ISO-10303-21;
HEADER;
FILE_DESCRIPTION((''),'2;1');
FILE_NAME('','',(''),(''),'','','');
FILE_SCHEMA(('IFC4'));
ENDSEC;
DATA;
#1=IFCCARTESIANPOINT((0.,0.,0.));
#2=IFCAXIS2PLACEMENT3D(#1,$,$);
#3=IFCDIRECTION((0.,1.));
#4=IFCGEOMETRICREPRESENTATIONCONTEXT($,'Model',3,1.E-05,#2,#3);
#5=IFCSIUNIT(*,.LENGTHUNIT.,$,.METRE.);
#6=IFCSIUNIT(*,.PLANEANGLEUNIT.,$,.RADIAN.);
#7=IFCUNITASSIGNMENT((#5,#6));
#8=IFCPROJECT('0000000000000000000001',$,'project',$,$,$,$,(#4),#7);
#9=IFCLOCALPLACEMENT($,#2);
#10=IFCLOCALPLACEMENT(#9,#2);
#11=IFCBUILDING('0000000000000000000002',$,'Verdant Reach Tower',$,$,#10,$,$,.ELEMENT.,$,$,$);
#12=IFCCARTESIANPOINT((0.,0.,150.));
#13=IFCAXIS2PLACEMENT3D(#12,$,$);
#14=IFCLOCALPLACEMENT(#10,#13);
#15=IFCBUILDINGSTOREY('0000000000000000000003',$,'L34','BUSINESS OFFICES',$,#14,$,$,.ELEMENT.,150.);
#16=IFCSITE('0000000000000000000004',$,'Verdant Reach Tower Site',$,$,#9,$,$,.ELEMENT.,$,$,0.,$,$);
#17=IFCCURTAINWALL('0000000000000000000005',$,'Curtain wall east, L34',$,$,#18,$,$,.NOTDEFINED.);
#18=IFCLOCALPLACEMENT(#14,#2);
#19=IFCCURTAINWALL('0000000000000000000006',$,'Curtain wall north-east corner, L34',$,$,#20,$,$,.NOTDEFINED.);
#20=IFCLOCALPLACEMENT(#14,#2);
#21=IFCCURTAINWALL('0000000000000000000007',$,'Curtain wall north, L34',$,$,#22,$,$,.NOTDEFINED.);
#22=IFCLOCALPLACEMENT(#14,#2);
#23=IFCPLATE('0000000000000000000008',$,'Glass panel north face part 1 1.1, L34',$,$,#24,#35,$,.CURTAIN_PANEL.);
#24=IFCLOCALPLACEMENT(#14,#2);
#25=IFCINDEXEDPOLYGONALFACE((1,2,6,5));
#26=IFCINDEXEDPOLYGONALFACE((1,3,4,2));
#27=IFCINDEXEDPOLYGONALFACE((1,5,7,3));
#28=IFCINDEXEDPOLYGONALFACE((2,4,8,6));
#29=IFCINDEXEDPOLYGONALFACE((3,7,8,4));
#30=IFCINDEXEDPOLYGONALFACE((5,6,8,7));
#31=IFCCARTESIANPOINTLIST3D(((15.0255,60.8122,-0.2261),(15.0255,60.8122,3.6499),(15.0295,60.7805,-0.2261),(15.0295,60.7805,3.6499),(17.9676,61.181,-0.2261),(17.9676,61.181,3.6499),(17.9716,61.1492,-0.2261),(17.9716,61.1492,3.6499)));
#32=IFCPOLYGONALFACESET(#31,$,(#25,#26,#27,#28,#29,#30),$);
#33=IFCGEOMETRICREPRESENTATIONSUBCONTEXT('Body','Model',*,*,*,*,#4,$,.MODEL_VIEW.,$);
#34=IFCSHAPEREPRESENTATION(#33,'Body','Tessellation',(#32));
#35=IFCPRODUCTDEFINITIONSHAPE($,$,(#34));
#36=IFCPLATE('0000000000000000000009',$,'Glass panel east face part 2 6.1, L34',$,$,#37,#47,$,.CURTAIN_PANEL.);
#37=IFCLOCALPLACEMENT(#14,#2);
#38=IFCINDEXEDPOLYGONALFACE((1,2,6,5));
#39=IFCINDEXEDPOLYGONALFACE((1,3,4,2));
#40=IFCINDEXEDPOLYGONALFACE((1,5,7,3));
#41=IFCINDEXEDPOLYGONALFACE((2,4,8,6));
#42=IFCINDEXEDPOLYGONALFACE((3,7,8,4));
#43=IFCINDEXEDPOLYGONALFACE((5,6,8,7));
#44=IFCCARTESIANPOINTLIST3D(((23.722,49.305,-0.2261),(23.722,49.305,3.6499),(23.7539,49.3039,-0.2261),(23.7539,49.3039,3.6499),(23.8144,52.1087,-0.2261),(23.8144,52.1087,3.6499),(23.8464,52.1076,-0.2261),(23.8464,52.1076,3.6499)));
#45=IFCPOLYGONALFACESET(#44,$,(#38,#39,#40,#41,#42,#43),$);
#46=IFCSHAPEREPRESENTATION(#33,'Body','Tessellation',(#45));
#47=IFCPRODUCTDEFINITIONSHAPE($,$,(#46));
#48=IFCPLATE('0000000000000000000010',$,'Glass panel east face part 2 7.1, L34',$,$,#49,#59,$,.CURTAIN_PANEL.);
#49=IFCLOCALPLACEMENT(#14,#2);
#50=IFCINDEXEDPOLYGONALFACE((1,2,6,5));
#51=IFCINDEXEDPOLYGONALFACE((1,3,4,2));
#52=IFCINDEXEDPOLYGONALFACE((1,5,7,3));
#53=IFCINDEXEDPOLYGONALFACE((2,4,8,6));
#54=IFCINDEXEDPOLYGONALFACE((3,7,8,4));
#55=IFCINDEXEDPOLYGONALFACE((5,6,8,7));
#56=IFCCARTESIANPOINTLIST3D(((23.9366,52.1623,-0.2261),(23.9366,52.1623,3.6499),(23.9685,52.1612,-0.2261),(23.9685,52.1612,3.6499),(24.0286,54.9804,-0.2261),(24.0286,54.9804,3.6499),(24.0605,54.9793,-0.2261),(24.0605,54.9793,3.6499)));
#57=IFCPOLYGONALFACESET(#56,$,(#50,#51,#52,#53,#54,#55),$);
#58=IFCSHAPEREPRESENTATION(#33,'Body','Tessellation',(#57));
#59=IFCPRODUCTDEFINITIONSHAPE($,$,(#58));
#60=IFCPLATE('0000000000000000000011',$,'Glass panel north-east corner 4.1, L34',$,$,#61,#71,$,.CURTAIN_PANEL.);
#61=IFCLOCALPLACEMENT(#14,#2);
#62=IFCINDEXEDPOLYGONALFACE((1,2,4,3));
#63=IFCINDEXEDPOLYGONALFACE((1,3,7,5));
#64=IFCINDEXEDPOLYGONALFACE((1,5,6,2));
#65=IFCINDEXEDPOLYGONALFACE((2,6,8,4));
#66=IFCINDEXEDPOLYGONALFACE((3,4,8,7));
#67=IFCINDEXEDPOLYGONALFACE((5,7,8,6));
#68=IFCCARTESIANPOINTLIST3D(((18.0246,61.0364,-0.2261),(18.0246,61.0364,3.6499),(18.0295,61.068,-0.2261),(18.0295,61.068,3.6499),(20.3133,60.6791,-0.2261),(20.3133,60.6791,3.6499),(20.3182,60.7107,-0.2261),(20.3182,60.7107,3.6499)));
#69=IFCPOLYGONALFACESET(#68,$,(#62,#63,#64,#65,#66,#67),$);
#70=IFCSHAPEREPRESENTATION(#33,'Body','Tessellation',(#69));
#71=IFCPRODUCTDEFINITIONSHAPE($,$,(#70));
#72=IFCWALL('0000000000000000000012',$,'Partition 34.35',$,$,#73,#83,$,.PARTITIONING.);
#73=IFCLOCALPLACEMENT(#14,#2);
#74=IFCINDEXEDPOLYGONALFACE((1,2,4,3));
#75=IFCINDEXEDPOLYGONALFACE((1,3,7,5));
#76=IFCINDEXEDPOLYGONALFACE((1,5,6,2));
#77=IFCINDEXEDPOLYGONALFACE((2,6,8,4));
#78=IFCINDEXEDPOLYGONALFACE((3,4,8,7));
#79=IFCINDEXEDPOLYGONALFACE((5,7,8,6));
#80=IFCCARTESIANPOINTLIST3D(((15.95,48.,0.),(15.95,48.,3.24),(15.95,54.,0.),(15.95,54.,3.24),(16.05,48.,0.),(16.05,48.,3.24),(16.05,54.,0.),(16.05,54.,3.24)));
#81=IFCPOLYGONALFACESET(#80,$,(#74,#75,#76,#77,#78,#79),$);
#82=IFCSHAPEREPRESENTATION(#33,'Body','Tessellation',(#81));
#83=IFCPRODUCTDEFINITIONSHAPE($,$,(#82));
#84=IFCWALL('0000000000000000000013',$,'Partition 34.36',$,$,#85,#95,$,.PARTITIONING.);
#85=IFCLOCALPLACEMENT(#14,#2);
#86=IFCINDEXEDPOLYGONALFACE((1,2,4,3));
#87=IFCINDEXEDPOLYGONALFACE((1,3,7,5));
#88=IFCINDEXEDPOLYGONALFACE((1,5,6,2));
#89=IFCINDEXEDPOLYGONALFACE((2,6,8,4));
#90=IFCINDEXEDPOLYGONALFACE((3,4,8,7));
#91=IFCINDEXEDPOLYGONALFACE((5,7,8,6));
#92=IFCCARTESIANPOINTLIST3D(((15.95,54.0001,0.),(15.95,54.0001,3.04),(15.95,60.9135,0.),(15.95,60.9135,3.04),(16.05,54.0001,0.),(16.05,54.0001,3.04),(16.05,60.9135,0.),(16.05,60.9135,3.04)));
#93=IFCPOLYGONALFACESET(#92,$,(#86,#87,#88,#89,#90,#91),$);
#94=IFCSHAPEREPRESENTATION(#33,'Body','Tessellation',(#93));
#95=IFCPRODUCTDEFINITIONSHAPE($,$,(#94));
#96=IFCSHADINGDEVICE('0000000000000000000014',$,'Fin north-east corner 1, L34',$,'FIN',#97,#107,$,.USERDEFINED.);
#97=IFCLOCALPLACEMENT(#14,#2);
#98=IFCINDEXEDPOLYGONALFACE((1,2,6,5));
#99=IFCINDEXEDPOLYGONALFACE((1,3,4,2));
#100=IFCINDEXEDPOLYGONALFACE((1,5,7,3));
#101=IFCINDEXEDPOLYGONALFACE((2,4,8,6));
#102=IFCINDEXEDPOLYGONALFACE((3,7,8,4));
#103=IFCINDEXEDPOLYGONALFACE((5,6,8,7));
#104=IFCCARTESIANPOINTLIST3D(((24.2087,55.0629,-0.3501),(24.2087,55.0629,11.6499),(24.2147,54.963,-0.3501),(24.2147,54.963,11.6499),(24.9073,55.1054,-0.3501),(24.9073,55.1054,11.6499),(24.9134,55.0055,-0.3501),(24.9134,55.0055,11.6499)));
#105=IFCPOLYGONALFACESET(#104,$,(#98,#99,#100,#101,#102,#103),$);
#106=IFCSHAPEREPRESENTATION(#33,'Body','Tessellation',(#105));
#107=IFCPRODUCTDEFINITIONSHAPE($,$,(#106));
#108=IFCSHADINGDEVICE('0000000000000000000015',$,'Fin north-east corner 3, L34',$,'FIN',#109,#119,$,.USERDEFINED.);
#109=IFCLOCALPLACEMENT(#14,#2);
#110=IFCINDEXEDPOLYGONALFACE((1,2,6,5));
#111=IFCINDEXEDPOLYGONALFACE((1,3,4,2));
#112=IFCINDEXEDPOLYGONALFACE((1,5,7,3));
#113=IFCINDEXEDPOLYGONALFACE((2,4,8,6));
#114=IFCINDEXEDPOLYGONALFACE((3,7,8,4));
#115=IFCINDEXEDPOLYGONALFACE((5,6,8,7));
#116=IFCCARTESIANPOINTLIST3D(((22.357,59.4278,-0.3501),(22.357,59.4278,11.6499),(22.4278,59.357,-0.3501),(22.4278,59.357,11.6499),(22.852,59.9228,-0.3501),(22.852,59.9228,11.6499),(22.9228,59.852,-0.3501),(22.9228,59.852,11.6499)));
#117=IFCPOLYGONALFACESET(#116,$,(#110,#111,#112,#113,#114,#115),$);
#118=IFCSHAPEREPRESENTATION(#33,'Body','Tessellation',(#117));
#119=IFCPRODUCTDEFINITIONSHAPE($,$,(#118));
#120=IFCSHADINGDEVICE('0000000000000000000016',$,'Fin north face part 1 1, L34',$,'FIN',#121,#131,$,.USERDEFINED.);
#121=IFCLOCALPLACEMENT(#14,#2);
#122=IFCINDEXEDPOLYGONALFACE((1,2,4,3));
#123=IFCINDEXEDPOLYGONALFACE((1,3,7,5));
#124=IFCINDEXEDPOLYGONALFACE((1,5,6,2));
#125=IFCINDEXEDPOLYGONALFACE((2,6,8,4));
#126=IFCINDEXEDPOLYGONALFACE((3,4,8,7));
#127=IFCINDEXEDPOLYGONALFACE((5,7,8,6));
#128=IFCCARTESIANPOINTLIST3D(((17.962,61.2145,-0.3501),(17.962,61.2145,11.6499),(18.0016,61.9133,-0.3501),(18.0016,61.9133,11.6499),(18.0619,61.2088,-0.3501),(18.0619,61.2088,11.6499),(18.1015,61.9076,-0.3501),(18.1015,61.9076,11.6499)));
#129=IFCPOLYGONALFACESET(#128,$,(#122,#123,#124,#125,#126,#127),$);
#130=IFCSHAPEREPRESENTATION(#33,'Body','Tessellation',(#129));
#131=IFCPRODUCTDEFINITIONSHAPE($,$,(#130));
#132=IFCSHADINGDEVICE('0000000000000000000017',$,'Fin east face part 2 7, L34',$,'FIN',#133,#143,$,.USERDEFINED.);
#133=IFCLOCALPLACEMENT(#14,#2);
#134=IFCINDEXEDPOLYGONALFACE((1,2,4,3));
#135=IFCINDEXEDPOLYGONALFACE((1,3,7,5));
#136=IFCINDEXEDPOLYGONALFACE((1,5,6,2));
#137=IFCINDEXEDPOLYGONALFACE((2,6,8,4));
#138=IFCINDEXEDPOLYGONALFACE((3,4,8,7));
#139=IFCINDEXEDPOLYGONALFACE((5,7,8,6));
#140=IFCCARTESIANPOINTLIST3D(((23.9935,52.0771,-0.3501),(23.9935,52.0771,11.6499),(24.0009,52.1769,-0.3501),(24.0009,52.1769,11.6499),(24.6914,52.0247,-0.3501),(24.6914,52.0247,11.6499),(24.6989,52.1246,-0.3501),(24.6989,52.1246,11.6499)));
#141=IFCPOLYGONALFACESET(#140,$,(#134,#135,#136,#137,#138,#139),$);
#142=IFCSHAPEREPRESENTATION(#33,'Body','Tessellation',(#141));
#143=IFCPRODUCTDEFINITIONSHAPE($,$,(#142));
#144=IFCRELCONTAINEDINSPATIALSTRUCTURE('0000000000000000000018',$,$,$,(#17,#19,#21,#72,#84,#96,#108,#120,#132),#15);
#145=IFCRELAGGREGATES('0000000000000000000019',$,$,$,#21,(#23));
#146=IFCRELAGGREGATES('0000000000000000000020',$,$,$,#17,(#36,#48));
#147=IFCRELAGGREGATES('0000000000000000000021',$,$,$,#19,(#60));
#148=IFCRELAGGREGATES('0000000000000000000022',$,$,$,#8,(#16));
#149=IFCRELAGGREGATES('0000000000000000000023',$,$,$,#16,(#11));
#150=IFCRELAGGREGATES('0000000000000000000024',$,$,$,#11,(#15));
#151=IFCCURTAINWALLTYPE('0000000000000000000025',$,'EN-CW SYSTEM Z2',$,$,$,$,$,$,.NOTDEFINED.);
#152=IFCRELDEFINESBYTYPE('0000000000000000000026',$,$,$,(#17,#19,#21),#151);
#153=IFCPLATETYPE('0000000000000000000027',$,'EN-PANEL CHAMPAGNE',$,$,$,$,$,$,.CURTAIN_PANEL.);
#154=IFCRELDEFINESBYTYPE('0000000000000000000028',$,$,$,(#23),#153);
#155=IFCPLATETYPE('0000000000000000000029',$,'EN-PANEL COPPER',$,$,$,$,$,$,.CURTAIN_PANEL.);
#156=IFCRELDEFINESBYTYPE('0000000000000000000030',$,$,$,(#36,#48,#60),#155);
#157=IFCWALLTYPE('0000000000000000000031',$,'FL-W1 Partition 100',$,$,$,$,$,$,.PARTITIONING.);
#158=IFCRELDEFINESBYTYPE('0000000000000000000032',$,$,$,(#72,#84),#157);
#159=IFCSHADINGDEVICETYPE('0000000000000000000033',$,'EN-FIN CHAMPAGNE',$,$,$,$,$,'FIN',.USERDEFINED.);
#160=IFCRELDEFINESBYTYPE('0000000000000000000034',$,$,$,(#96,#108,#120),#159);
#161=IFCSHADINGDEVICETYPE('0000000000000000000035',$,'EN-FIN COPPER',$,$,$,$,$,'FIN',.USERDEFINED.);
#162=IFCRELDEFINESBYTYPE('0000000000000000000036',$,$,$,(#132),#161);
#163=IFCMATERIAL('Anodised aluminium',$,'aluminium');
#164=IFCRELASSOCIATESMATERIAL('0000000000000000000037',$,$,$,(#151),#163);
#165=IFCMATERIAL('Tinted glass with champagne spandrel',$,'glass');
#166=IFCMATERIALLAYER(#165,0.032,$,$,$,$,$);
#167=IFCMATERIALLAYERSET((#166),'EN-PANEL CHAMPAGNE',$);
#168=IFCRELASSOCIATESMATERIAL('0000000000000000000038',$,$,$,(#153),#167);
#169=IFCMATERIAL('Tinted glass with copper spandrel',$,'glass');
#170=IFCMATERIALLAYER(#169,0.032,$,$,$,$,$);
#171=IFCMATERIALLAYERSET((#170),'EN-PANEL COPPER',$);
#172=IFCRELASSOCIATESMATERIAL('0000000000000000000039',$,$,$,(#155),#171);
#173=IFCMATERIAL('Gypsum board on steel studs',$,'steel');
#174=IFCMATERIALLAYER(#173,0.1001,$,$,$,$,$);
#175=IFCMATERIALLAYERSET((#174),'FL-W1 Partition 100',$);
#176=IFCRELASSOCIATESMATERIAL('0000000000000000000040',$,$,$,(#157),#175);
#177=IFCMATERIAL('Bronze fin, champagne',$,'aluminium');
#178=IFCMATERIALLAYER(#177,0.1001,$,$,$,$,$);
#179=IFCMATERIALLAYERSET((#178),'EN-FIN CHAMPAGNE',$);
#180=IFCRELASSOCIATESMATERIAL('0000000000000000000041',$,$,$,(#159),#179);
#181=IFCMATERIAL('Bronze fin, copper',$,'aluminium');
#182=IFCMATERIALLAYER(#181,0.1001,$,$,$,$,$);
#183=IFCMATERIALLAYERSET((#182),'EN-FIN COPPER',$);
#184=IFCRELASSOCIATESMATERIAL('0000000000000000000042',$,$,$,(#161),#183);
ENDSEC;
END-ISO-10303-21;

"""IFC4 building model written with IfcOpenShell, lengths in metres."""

from ifc_helpers import new_model, si_unit, direction, frame, frame_2d, origin, origin_2d, place, context, subcontext, project, spatial, rectangle, extrude, material, layer, layer_set, type_object, element, aggregate, save


model = new_model("IFC4")

# Units and contexts
model_context = context("Model", 3, precision=1e-05, world=origin(), true_north=direction((0.0, 1.0)))
body_context = subcontext(model_context, "Body", "Model", "MODEL_VIEW")
ifc_project = project(units=[si_unit("LENGTHUNIT", "METRE"), si_unit("PLANEANGLEUNIT", "RADIAN")], contexts=[model_context])

# Site, building, storey
site_placement = place(None, origin())
site = spatial("IfcSite", under=ifc_project, at=site_placement, Name="Verdant Reach Tower Site", CompositionType="ELEMENT", RefElevation=0.0)
building_placement = place(site_placement, origin())
building = spatial("IfcBuilding", under=site, at=building_placement, Name="Verdant Reach Tower", CompositionType="ELEMENT")
storey_placement = place(building_placement, frame((0.0, 0.0, 150.0)))
storey = spatial("IfcBuildingStorey", under=building, at=storey_placement, Name="L34", Description="BUSINESS OFFICES", CompositionType="ELEMENT", Elevation=150.0)

# Curtain wall
ifc_material_1 = material(Name="Anodised aluminium", Category="aluminium")
curtain_wall_type = type_object("IfcCurtainWallType", Name="EN-CW SYSTEM Z2", PredefinedType="NOTDEFINED", material=ifc_material_1)
curtain_wall_1_placement = place(storey_placement, origin())
curtain_wall_1 = element("IfcCurtainWall", 1, at=curtain_wall_1_placement, inside=storey, type_object=curtain_wall_type, Name="Curtain wall east, L34", PredefinedType="NOTDEFINED")

# Curtain walls
curtain_wall_2_placement = place(storey_placement, origin())
curtain_wall_2 = element("IfcCurtainWall", 2, at=curtain_wall_2_placement, inside=storey, type_object=curtain_wall_type, Name="Curtain wall north-east corner, L34", PredefinedType="NOTDEFINED")
curtain_wall_3_placement = place(storey_placement, origin())
curtain_wall_3 = element("IfcCurtainWall", 3, at=curtain_wall_3_placement, inside=storey, type_object=curtain_wall_type, Name="Curtain wall north, L34", PredefinedType="NOTDEFINED")

# Plates
ifc_material_2 = material(Name="Tinted glass with champagne spandrel", Category="glass")
ifc_layer_1 = layer(ifc_material_2, 0.032)
ifc_layer_set_1 = layer_set([ifc_layer_1], Name="EN-PANEL CHAMPAGNE")
plate_type_1 = type_object("IfcPlateType", Name="EN-PANEL CHAMPAGNE", PredefinedType="CURTAIN_PANEL", material=ifc_layer_set_1)
plate_1_placement = place(storey_placement, frame((16.4985, 60.9807, -0.2261), z_axis=(0.0, 0.0, 1.0), x_axis=(-0.992237, -0.124365, 0.0)))
plate_1 = element("IfcPlate", 4, at=plate_1_placement, type_object=plate_type_1, Name="Glass panel north face part 1 1.1, L34", PredefinedType="CURTAIN_PANEL", context=body_context, shape_type="SweptSolid", body=[
    extrude(rectangle(XDim=2.9651, YDim=0.032, at=origin_2d()), origin(), (0.0, 0.0, 1.0), 3.876),
])
aggregate(curtain_wall_3, [plate_1])
ifc_material_3 = material(Name="Tinted glass with copper spandrel", Category="glass")
ifc_layer_2 = layer(ifc_material_3, 0.032)
ifc_layer_set_2 = layer_set([ifc_layer_2], Name="EN-PANEL COPPER")
plate_type_2 = type_object("IfcPlateType", Name="EN-PANEL COPPER", PredefinedType="CURTAIN_PANEL", material=ifc_layer_set_2)
plate_2_placement = place(storey_placement, frame((23.7842, 50.7063, -0.2261), z_axis=(0.0, 0.0, 1.0), x_axis=(0.032966, 0.999456, 0.0)))
plate_2 = element("IfcPlate", 5, at=plate_2_placement, type_object=plate_type_2, Name="Glass panel east face part 2 6.1, L34", PredefinedType="CURTAIN_PANEL", context=body_context, shape_type="SweptSolid", body=[
    extrude(rectangle(XDim=2.8052, YDim=0.032, at=origin_2d()), origin(), (0.0, 0.0, 1.0), 3.876),
])
plate_3_placement = place(storey_placement, frame((23.9985, 53.5708, -0.2261), z_axis=(0.0, 0.0, 1.0), x_axis=(0.032628, 0.999468, 0.0)))
plate_3 = element("IfcPlate", 6, at=plate_3_placement, type_object=plate_type_2, Name="Glass panel east face part 2 7.1, L34", PredefinedType="CURTAIN_PANEL", context=body_context, shape_type="SweptSolid", body=[
    extrude(rectangle(XDim=2.8196, YDim=0.032, at=origin_2d()), origin(), (0.0, 0.0, 1.0), 3.876),
])
aggregate(curtain_wall_1, [plate_2, plate_3])
plate_4_placement = place(storey_placement, frame((19.1714, 60.8735, -0.2261), z_axis=(0.0, 0.0, 1.0), x_axis=(-0.988031, 0.154256, 0.0)))
plate_4 = element("IfcPlate", 7, at=plate_4_placement, type_object=plate_type_2, Name="Glass panel north-east corner 4.1, L34", PredefinedType="CURTAIN_PANEL", context=body_context, shape_type="SweptSolid", body=[
    extrude(rectangle(XDim=2.3164, YDim=0.032, at=origin_2d()), origin(), (0.0, 0.0, 1.0), 3.876),
])
aggregate(curtain_wall_2, [plate_4])

# Walls
ifc_material_4 = material(Name="Gypsum board on steel studs", Category="steel")
ifc_layer_3 = layer(ifc_material_4, 0.1001)
ifc_layer_set_3 = layer_set([ifc_layer_3], Name="FL-W1 Partition 100")
wall_type = type_object("IfcWallType", Name="FL-W1 Partition 100", PredefinedType="PARTITIONING", material=ifc_layer_set_3)
wall_1_placement = place(storey_placement, frame((16.0, 54.0, 0.0), z_axis=(0.0, 0.0, 1.0), x_axis=(0.0, -1.0, 0.0)))
element("IfcWall", 8, at=wall_1_placement, inside=storey, type_object=wall_type, Name="Partition 34.35", PredefinedType="PARTITIONING", context=body_context, shape_type="SweptSolid", body=[
    extrude(rectangle(XDim=6.0, YDim=0.1001, at=frame_2d((3.0, 0.0))), origin(), (0.0, 0.0, 1.0), 3.24),
])
wall_2_placement = place(storey_placement, frame((16.0, 60.9133, 0.0), z_axis=(0.0, 0.0, 1.0), x_axis=(0.0, -1.0, 0.0)))
element("IfcWall", 9, at=wall_2_placement, inside=storey, type_object=wall_type, Name="Partition 34.36", PredefinedType="PARTITIONING", context=body_context, shape_type="SweptSolid", body=[
    extrude(rectangle(XDim=6.9133, YDim=0.1001, at=frame_2d((3.4565, 0.0))), origin(), (0.0, 0.0, 1.0), 3.04),
])

# Shading devices
ifc_material_5 = material(Name="Bronze fin, champagne", Category="aluminium")
ifc_layer_4 = layer(ifc_material_5, 0.1001)
ifc_layer_set_4 = layer_set([ifc_layer_4], Name="EN-FIN CHAMPAGNE")
shading_device_type_1 = type_object("IfcShadingDeviceType", Name="EN-FIN CHAMPAGNE", ElementType="FIN", PredefinedType="USERDEFINED", material=ifc_layer_set_4)
for number, where, z_axis, x_axis, name in (
    (10, (24.561, 55.0342, -0.3501), (0.0, 0.0, 1.0), (-0.060703, 0.998156, 0.0), "Fin north-east corner 1, L34"),
    (11, (22.6399, 59.6399, -0.3501), (0.0, 0.0, 1.0), (-0.707107, 0.707107, 0.0), "Fin north-east corner 3, L34"),
    (12, (18.0317, 61.561, -0.3501), (0.0, 0.0, 1.0), (-0.998399, 0.056569, 0.0), "Fin north face part 1 1, L34"),
):
    element("IfcShadingDevice", number, at=place(storey_placement, frame(where, z_axis=z_axis, x_axis=x_axis)), inside=storey, type_object=shading_device_type_1, Name=name, ObjectType="FIN", PredefinedType="USERDEFINED", context=body_context, shape_type="SweptSolid", body=[
        extrude(rectangle(XDim=0.1001, YDim=0.7, at=origin_2d()), origin(), (0.0, 0.0, 1.0), 12.0),
    ])
ifc_material_6 = material(Name="Bronze fin, copper", Category="aluminium")
ifc_layer_5 = layer(ifc_material_6, 0.1001)
ifc_layer_set_5 = layer_set([ifc_layer_5], Name="EN-FIN COPPER")
shading_device_type_2 = type_object("IfcShadingDeviceType", Name="EN-FIN COPPER", ElementType="FIN", PredefinedType="USERDEFINED", material=ifc_layer_set_5)
shading_device_placement = place(storey_placement, frame((24.3462, 52.1008, -0.3501), z_axis=(0.0, 0.0, 1.0), x_axis=(0.07479, 0.997199, 0.0)))
element("IfcShadingDevice", 13, at=shading_device_placement, inside=storey, type_object=shading_device_type_2, Name="Fin east face part 2 7, L34", ObjectType="FIN", PredefinedType="USERDEFINED", context=body_context, shape_type="SweptSolid", body=[
    extrude(rectangle(XDim=0.1001, YDim=0.7, at=origin_2d()), origin(), (0.0, 0.0, 1.0), 12.0),
])

save(model, "model.ifc")
